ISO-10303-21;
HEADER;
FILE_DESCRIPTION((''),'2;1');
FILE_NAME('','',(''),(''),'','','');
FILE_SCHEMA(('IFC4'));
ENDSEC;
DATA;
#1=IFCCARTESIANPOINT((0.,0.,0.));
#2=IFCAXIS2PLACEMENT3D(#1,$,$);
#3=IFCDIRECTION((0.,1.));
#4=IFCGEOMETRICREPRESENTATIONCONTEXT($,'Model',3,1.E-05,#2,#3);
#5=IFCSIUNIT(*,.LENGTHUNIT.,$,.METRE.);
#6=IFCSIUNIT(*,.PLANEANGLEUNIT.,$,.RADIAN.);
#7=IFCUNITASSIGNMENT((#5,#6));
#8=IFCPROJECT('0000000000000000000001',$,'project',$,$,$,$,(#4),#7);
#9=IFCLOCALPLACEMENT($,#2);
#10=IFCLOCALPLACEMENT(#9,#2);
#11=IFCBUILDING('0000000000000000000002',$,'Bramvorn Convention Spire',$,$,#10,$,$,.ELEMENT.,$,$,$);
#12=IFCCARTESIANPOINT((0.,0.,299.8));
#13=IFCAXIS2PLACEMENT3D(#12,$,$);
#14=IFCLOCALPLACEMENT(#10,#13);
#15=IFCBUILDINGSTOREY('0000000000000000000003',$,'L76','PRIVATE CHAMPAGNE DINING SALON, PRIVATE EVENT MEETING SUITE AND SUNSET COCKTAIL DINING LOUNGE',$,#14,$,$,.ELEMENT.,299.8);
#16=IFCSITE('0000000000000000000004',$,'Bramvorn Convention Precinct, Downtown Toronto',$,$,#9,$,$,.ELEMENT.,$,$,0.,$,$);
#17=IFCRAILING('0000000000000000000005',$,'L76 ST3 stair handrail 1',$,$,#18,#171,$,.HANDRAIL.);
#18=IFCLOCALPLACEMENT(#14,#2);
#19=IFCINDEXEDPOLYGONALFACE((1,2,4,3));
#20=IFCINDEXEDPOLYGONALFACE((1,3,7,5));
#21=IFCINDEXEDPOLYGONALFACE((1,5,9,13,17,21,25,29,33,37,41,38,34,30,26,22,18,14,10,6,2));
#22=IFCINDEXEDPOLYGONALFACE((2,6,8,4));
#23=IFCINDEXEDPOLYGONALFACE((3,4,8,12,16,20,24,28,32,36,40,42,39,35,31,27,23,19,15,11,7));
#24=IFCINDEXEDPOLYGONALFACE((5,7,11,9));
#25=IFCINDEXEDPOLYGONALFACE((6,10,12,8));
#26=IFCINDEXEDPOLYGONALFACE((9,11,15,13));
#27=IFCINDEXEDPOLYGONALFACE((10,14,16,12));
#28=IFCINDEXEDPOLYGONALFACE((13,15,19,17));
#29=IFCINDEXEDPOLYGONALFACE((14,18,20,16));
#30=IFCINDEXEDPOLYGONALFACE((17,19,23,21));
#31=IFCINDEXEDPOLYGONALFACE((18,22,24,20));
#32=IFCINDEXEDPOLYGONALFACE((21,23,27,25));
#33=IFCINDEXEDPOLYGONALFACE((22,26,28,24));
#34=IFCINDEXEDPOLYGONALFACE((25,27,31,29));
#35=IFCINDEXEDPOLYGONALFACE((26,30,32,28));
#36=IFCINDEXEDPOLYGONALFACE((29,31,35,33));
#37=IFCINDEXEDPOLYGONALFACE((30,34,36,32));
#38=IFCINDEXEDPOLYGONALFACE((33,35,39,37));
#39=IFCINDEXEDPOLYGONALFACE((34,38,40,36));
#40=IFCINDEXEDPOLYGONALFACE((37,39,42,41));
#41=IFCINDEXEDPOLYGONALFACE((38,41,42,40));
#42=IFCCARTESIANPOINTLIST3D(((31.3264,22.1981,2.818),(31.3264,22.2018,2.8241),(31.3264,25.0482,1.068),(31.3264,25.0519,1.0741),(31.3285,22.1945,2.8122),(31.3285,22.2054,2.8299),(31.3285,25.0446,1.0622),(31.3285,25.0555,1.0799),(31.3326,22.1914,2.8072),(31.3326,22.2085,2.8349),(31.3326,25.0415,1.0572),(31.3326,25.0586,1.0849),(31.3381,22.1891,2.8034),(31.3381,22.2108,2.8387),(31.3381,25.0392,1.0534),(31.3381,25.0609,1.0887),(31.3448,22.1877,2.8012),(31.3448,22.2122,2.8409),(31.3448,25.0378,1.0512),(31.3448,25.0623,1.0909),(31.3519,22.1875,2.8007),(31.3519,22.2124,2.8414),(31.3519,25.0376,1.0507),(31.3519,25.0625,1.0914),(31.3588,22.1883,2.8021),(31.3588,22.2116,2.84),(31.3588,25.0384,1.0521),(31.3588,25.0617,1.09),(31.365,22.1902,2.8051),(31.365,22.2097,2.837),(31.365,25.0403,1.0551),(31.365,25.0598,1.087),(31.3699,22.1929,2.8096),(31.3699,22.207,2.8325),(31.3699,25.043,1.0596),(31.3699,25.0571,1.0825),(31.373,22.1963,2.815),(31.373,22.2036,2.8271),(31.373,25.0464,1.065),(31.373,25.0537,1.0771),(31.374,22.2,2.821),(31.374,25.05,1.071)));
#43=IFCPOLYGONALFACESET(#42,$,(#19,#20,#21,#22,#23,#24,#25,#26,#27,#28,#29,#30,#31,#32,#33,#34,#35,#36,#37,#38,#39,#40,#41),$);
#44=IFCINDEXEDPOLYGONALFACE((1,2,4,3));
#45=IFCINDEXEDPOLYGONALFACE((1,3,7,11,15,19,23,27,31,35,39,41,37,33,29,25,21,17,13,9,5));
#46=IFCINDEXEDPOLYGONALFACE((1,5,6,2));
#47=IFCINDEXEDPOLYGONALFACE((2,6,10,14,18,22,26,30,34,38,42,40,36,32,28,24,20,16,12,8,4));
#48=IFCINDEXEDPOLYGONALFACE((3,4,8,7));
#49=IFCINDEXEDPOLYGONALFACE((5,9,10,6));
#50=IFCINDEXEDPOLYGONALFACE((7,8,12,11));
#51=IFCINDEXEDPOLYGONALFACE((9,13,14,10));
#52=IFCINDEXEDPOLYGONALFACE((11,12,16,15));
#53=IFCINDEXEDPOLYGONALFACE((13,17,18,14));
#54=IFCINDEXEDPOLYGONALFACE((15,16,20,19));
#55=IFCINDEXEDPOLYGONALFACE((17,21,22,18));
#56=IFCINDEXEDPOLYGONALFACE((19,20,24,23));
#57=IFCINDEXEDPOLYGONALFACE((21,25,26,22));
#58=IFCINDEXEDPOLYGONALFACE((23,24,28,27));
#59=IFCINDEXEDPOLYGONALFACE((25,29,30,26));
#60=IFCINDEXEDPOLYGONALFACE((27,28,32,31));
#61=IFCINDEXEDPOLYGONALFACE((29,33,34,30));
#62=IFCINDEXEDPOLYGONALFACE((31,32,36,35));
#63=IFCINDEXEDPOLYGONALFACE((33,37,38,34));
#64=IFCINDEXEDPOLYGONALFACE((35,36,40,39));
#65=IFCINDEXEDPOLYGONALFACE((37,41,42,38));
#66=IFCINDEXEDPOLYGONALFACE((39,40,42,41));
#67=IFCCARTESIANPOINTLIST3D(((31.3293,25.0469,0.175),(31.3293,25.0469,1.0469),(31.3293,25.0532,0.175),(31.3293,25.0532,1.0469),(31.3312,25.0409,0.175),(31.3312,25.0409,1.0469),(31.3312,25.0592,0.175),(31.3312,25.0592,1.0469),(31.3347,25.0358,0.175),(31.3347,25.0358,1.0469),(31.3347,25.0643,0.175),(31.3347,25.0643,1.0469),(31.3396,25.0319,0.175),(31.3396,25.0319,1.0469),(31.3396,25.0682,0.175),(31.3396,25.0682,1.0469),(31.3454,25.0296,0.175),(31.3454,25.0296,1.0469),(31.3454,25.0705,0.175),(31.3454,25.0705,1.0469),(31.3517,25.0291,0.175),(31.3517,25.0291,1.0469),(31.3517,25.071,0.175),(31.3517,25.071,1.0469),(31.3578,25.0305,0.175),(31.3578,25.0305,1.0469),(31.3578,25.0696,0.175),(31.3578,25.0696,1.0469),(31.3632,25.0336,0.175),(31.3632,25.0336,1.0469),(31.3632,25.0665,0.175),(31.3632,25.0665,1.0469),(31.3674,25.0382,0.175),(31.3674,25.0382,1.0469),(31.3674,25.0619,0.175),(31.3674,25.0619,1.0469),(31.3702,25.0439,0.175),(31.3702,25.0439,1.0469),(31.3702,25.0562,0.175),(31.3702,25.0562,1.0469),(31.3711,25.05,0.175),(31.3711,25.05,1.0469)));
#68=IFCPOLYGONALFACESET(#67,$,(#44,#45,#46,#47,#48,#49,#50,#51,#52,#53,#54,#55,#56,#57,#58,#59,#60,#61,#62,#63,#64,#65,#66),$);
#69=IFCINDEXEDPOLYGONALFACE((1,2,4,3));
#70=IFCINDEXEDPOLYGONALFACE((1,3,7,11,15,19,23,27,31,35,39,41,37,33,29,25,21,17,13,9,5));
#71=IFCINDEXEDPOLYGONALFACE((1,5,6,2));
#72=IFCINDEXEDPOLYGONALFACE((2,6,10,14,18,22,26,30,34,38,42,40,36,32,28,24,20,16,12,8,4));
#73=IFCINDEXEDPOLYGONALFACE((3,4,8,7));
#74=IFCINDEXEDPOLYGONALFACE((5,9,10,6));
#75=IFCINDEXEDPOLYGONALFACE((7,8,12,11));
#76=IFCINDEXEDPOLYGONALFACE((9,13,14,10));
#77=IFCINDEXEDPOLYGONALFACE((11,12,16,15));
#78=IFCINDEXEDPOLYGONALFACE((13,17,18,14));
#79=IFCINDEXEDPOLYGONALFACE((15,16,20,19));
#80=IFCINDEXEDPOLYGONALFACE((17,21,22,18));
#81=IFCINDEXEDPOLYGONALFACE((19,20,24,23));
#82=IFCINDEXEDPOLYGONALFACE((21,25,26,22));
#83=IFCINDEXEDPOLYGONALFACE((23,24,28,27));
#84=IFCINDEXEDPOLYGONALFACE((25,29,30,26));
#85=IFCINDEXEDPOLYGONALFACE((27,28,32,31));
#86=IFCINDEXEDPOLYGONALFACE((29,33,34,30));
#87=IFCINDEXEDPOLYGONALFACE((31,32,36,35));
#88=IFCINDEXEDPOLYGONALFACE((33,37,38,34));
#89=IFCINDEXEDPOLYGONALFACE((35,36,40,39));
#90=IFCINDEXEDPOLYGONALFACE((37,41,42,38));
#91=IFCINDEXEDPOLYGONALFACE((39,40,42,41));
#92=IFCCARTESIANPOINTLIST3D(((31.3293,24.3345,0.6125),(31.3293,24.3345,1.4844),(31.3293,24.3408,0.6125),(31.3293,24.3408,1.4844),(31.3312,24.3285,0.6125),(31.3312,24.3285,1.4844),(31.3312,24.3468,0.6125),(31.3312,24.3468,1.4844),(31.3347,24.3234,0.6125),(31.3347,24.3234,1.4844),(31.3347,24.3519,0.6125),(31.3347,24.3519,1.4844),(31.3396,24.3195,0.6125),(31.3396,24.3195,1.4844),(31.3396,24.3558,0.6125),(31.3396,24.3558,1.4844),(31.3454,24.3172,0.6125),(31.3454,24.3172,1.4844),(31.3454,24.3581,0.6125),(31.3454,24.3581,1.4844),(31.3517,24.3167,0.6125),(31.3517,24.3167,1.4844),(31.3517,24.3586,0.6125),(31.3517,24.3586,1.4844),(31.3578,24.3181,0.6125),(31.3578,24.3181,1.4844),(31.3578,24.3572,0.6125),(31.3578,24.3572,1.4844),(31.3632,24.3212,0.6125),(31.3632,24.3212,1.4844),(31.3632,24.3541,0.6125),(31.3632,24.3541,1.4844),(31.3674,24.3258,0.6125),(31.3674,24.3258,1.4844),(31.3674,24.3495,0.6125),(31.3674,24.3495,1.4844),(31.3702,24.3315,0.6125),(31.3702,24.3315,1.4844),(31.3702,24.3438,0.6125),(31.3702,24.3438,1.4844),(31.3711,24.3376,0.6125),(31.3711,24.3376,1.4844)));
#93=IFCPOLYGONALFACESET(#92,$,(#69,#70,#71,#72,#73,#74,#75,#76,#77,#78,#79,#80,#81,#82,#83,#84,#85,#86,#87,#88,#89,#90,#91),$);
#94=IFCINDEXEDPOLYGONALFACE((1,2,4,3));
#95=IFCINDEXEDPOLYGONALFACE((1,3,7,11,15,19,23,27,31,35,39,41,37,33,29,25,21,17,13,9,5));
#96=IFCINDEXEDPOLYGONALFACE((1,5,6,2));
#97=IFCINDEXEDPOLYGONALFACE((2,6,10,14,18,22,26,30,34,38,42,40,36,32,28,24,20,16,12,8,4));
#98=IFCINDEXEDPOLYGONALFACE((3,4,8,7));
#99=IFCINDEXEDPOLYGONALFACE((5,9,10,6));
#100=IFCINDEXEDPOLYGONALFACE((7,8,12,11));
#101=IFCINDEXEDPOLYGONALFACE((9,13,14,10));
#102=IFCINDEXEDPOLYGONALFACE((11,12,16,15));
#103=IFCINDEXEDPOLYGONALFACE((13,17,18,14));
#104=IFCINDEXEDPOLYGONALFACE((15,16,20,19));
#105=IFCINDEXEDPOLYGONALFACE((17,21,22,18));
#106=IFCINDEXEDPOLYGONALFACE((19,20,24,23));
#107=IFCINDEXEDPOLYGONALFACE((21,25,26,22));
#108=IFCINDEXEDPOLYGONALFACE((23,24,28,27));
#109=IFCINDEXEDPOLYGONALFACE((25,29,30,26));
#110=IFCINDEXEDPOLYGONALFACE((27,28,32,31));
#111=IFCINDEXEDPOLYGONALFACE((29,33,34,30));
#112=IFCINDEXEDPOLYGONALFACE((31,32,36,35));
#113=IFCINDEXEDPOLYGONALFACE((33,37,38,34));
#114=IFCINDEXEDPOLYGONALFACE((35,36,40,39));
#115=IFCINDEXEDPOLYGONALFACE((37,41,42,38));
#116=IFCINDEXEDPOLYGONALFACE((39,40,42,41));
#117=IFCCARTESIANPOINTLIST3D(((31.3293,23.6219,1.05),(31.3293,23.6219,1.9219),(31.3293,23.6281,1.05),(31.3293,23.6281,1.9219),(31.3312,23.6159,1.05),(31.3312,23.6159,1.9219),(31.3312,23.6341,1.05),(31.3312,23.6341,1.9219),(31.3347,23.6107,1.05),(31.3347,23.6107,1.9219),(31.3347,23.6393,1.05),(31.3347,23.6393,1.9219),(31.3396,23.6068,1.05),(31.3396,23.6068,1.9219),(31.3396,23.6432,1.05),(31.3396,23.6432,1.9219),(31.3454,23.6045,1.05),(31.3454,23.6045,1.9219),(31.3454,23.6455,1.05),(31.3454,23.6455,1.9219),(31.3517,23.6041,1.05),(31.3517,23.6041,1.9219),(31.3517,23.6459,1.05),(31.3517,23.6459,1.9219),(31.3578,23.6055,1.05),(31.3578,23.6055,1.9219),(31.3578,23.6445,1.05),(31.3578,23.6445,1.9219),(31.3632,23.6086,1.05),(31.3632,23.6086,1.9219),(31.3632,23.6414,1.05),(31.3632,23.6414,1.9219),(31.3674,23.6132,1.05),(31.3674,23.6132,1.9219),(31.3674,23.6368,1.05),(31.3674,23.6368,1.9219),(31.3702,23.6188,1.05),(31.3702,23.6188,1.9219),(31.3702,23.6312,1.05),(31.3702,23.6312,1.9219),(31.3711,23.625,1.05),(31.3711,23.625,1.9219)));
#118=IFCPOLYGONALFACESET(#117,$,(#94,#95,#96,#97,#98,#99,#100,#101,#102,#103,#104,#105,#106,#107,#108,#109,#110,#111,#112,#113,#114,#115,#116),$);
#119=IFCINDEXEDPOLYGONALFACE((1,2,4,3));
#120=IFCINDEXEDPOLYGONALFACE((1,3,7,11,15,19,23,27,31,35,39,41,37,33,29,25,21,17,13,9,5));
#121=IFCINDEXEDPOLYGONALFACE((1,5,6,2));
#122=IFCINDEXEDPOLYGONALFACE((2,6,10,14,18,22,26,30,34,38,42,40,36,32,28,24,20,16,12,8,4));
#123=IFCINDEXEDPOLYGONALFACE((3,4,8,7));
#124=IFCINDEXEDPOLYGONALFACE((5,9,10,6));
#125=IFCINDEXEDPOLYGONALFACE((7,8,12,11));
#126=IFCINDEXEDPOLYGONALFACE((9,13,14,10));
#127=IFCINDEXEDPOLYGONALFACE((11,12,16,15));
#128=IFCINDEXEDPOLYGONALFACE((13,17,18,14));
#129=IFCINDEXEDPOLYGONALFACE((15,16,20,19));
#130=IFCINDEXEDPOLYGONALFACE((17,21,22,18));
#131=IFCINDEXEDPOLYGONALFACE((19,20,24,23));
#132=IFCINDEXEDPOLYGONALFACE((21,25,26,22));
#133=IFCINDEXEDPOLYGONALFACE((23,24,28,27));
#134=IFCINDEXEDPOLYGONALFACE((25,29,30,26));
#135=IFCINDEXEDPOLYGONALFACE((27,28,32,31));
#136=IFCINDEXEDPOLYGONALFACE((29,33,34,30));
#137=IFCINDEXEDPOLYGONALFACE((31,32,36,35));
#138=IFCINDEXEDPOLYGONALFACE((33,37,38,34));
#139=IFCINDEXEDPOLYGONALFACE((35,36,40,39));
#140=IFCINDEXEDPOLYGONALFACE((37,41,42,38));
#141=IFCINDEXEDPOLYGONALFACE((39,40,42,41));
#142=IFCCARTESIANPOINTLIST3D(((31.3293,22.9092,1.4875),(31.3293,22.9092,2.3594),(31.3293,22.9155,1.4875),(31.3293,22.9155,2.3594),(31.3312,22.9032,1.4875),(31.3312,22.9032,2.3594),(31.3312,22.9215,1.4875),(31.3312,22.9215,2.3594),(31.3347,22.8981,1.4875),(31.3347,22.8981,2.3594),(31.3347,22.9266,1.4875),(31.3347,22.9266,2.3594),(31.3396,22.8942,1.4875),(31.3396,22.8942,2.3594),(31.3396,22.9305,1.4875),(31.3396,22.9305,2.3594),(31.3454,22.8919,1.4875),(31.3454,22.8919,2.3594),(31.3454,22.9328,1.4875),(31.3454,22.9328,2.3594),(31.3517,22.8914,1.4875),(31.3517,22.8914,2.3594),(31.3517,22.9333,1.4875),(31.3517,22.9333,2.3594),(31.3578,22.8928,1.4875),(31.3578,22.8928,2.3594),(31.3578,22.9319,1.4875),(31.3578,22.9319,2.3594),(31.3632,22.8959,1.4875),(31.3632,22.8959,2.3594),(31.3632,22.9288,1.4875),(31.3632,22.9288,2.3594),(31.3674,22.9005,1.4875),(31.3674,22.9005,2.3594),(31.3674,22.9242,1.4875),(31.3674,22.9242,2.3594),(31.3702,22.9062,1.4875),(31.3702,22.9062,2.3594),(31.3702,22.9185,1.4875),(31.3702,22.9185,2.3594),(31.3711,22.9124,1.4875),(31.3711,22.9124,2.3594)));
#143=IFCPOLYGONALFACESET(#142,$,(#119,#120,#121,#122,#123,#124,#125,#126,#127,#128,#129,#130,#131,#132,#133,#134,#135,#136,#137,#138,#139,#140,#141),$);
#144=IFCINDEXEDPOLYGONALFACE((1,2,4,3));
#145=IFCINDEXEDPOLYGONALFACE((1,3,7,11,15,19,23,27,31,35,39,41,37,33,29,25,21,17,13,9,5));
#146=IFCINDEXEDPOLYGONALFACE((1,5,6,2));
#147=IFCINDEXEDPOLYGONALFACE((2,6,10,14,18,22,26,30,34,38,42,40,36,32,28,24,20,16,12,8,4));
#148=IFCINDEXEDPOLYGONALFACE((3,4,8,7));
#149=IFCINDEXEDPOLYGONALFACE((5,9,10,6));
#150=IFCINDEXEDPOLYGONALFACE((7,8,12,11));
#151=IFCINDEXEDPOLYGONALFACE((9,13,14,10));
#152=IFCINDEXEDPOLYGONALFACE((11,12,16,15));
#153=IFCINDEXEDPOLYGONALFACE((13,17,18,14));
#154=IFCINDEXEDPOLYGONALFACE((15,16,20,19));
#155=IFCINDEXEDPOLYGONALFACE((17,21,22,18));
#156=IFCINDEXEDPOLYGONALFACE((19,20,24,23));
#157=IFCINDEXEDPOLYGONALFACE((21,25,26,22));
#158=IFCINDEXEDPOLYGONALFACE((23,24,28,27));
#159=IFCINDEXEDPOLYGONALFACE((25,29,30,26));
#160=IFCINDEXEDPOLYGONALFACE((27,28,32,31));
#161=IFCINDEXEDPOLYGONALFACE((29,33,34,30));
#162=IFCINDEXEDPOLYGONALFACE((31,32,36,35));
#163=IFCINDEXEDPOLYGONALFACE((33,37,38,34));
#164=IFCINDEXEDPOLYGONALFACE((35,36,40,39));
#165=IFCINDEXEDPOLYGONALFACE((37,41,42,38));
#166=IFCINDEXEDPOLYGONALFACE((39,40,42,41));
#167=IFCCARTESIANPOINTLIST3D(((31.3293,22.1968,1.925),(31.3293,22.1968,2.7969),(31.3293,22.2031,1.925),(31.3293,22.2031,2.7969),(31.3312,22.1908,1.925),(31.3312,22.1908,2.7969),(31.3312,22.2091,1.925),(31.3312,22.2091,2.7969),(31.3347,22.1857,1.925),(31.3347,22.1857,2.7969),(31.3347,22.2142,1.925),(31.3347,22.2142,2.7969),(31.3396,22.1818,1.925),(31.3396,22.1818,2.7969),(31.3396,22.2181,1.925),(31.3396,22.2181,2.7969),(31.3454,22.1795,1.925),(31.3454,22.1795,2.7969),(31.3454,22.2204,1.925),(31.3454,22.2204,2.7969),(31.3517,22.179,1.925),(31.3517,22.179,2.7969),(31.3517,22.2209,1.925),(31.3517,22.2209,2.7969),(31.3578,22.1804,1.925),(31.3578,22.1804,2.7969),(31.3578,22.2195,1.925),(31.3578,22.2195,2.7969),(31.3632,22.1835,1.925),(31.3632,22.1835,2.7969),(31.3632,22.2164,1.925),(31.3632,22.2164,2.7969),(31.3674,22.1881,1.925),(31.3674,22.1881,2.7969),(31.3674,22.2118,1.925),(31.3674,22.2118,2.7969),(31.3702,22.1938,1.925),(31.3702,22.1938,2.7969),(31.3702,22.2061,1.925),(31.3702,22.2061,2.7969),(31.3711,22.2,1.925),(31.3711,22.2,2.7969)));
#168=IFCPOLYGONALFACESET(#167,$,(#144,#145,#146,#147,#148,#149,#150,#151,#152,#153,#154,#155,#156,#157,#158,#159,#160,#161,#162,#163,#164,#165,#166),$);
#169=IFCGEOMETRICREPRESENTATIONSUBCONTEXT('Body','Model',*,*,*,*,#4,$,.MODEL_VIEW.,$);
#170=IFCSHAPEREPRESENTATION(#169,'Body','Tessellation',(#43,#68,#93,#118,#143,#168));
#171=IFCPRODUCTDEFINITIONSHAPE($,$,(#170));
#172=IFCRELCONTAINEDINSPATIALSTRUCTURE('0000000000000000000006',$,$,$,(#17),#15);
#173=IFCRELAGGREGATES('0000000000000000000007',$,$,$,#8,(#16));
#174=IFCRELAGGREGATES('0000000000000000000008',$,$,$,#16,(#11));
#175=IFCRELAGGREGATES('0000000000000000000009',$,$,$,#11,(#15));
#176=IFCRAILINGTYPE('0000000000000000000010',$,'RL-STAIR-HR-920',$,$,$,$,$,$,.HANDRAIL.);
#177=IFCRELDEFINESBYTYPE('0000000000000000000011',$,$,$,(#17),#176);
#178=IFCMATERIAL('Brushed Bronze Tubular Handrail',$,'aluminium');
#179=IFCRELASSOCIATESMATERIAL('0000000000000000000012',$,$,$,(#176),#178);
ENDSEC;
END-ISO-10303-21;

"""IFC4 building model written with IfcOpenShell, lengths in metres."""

from ifc_helpers import new_model, si_unit, direction, frame, origin, origin_2d, place, context, subcontext, project, spatial, circle, extrude, material, type_object, element, save


model = new_model("IFC4")

# Units and contexts
model_context = context("Model", 3, precision=1e-05, world=origin(), true_north=direction((0.0, 1.0)))
body_context = subcontext(model_context, "Body", "Model", "MODEL_VIEW")
ifc_project = project(units=[si_unit("LENGTHUNIT", "METRE"), si_unit("PLANEANGLEUNIT", "RADIAN")], contexts=[model_context])

# Site, building, storey
site_placement = place(None, origin())
site = spatial("IfcSite", under=ifc_project, at=site_placement, Name="Bramvorn Convention Precinct, Downtown Toronto", CompositionType="ELEMENT", RefElevation=0.0)
building_placement = place(site_placement, origin())
building = spatial("IfcBuilding", under=site, at=building_placement, Name="Bramvorn Convention Spire", CompositionType="ELEMENT")
storey_placement = place(building_placement, frame((0.0, 0.0, 299.8)))
storey = spatial("IfcBuildingStorey", under=building, at=storey_placement, Name="L76", Description="PRIVATE CHAMPAGNE DINING SALON, PRIVATE EVENT MEETING SUITE AND SUNSET COCKTAIL DINING LOUNGE", CompositionType="ELEMENT", Elevation=299.8)

# Railing
ifc_material_1 = material(Name="Brushed Bronze Tubular Handrail", Category="aluminium")
railing_type_1 = type_object("IfcRailingType", Name="RL-STAIR-HR-920", PredefinedType="HANDRAIL", material=ifc_material_1)
railing_1_placement = place(storey_placement, frame((31.3501, 25.05, 0.175)))
element("IfcRailing", 1, at=railing_1_placement, inside=storey, type_object=railing_type_1, Name="L76 ST3 stair handrail 1", PredefinedType="HANDRAIL", context=body_context, shape_type="SweptSolid", body=[
    extrude(circle(Radius=0.0239, at=origin_2d()), frame((0.0, 0.0, 0.896), z_axis=(0.0, -0.852179, 0.52325), x_axis=(1.0, 0.0, 0.0)), (0.0, 0.0, 1.0), 3.3445),
    extrude(circle(Radius=0.021, at=origin_2d()), origin(), (0.0, 0.0, 1.0), 0.8718),
    extrude(circle(Radius=0.021, at=origin_2d()), frame((0.0, -0.7124, 0.4375)), (0.0, 0.0, 1.0), 0.8718),
    extrude(circle(Radius=0.021, at=origin_2d()), frame((0.0, -1.425, 0.875)), (0.0, 0.0, 1.0), 0.8718),
    extrude(circle(Radius=0.021, at=origin_2d()), frame((0.0, -2.1377, 1.3125)), (0.0, 0.0, 1.0), 0.8718),
    extrude(circle(Radius=0.021, at=origin_2d()), frame((0.0, -2.8501, 1.75)), (0.0, 0.0, 1.0), 0.8718),
])

save(model, "model.ifc")
